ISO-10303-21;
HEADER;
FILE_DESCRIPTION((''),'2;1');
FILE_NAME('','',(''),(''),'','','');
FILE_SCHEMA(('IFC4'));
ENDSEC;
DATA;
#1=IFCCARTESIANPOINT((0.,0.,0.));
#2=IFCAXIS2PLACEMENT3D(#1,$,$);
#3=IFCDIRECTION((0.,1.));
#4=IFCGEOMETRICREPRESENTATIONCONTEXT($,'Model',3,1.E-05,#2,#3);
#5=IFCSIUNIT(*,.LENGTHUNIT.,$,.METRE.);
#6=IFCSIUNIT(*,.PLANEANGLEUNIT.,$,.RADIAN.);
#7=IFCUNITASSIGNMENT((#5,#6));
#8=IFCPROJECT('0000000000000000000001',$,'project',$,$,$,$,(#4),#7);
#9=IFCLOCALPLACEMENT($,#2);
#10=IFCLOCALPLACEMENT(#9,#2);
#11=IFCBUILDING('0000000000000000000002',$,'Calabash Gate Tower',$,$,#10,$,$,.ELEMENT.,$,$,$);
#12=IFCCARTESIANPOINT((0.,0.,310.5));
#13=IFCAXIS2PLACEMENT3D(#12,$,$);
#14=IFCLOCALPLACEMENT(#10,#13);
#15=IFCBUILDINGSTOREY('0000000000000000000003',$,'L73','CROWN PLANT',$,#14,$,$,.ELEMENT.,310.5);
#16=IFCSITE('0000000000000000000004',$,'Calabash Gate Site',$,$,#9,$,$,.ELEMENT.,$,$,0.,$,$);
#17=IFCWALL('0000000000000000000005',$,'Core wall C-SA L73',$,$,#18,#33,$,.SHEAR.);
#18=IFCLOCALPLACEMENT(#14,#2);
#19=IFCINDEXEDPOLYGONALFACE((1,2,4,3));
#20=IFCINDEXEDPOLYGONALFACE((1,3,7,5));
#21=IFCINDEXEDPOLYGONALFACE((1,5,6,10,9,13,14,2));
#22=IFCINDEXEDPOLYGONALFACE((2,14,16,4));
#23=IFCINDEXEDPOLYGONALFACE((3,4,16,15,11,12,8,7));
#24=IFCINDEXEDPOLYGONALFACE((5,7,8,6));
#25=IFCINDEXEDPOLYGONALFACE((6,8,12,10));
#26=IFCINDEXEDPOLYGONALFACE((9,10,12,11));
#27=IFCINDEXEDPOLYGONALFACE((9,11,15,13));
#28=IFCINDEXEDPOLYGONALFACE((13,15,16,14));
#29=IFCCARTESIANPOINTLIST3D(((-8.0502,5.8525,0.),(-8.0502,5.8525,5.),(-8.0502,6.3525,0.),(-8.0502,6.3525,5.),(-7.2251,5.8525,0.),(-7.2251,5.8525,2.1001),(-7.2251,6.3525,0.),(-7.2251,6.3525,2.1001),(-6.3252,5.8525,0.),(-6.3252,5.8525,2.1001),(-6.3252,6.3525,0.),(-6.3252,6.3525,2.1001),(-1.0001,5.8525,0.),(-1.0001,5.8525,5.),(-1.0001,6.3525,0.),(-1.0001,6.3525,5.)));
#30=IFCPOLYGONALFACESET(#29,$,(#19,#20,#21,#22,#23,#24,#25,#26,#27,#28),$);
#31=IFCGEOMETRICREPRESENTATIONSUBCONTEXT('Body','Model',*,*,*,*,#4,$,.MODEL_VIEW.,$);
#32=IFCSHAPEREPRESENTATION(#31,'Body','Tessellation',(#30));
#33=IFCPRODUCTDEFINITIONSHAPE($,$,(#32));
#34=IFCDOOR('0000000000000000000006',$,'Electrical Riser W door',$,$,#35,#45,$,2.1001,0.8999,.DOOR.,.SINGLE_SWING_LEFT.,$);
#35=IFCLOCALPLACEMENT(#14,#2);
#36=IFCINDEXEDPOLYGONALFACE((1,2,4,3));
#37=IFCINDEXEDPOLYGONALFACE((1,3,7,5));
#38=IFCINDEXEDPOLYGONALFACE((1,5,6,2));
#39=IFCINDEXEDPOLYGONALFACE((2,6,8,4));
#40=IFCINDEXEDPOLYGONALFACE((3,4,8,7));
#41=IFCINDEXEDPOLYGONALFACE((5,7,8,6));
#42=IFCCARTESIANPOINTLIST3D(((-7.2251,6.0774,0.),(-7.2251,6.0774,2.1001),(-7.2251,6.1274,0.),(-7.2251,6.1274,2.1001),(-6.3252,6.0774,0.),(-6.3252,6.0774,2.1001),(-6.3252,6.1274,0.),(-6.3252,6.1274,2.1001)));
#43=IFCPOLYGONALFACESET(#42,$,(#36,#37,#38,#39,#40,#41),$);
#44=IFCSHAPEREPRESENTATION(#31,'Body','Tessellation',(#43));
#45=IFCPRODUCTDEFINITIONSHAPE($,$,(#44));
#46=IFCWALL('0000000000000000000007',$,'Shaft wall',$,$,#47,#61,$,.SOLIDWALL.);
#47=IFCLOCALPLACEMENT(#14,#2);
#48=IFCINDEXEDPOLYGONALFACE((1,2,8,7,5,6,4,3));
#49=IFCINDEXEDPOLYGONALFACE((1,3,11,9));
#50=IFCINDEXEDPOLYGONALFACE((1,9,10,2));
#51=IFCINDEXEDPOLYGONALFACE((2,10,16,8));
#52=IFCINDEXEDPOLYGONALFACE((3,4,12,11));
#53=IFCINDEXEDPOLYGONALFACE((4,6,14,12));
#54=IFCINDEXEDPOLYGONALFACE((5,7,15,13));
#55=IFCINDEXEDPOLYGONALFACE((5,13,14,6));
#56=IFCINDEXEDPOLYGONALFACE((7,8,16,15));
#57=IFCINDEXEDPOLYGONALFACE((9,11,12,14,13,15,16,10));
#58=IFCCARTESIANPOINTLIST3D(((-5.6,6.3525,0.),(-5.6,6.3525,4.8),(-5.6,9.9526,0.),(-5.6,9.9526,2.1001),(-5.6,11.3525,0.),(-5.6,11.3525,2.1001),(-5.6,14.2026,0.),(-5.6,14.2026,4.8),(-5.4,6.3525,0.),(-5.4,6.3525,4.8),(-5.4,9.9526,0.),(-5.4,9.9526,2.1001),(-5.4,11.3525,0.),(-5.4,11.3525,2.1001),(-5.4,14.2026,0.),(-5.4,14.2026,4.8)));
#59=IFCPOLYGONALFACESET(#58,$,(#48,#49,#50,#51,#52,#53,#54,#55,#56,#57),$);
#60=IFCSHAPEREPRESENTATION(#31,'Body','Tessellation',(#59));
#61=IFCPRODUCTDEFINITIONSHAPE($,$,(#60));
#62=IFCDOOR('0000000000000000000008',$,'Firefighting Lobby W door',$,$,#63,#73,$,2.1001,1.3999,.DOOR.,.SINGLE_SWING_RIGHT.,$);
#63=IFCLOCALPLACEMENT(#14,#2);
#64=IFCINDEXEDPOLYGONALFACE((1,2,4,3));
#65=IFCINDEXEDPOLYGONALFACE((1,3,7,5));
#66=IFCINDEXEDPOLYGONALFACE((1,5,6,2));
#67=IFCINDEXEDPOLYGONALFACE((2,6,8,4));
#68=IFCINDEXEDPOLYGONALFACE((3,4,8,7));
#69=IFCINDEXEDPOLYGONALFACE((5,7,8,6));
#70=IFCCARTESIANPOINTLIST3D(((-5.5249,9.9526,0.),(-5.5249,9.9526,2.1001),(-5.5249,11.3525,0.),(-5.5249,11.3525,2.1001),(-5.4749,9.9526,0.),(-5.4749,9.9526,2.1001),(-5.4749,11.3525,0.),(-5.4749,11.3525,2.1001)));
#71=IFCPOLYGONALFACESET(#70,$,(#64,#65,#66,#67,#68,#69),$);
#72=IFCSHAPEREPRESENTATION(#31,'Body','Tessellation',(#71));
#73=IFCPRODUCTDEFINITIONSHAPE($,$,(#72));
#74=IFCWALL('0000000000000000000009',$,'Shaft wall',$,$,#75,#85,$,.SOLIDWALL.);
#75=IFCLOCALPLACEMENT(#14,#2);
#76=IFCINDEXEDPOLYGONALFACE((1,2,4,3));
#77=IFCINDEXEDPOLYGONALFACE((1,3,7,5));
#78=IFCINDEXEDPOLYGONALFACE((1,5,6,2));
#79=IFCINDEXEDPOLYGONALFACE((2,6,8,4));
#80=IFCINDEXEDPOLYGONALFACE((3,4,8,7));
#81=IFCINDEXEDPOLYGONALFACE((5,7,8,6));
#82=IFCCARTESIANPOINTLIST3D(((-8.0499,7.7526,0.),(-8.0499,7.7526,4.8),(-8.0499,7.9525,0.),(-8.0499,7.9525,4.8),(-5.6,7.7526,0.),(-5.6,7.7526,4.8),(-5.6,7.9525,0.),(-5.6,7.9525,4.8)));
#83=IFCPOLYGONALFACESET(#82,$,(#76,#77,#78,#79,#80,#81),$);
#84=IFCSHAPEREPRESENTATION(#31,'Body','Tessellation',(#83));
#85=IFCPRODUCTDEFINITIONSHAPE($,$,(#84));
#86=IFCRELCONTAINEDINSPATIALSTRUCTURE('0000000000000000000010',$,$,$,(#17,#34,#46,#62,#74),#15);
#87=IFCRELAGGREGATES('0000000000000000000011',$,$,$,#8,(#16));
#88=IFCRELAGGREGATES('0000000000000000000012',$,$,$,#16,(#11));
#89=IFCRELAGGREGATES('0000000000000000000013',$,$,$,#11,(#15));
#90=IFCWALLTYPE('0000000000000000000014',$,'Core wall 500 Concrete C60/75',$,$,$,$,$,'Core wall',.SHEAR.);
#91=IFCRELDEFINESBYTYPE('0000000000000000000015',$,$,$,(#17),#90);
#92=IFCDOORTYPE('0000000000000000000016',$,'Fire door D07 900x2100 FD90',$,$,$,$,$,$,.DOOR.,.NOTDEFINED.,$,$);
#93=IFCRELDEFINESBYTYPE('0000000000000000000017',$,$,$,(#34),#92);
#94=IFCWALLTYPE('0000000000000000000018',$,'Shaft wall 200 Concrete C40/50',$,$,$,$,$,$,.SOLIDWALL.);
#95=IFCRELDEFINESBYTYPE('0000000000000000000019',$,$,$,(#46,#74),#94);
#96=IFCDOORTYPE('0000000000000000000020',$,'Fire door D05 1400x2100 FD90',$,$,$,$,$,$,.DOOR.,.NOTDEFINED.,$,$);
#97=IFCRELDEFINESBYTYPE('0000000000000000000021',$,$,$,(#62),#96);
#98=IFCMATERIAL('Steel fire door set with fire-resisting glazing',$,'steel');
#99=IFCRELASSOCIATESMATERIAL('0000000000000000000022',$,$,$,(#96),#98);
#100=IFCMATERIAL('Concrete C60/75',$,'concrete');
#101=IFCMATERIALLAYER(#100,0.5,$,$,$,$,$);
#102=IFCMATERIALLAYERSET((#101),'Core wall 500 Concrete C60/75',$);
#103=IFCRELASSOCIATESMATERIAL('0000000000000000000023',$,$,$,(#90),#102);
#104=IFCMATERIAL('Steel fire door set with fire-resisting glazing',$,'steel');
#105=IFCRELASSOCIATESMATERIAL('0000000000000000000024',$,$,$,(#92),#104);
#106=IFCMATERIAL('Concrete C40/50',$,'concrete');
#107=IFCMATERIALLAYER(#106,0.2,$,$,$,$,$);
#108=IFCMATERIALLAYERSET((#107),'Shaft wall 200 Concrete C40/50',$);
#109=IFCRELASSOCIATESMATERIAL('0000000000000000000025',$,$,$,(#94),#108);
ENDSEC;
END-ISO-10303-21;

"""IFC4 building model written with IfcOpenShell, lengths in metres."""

from ifc_helpers import new_model, si_unit, direction, frame, frame_2d, origin, place, context, subcontext, project, spatial, rectangle, extrude, material, layer, layer_set, type_object, element, fill, save


model = new_model("IFC4")

# Units and contexts
model_context = context("Model", 3, precision=1e-05, world=origin(), true_north=direction((0.0, 1.0)))
body_context = subcontext(model_context, "Body", "Model", "MODEL_VIEW")
ifc_project = project(units=[si_unit("LENGTHUNIT", "METRE"), si_unit("PLANEANGLEUNIT", "RADIAN")], contexts=[model_context])

# Site, building, storey
site_placement = place(None, origin())
site = spatial("IfcSite", under=ifc_project, at=site_placement, Name="Calabash Gate Site", CompositionType="ELEMENT", RefElevation=0.0)
building_placement = place(site_placement, origin())
building = spatial("IfcBuilding", under=site, at=building_placement, Name="Calabash Gate Tower", CompositionType="ELEMENT")
storey_placement = place(building_placement, frame((0.0, 0.0, 310.5)))
storey = spatial("IfcBuildingStorey", under=building, at=storey_placement, Name="L73", Description="CROWN PLANT", CompositionType="ELEMENT", Elevation=310.5)

# Shared definitions
ifc_material_1 = material(Name="Steel fire door set with fire-resisting glazing", Category="steel")
door_type_1 = type_object("IfcDoorType", Name="Fire door D05 1400x2100 FD90", OperationType="NOTDEFINED", PredefinedType="DOOR", material=ifc_material_1)

# Walls, openings, doors
ifc_material_2 = material(Name="Concrete C60/75", Category="concrete")
ifc_layer_1 = layer(ifc_material_2, 0.5)
ifc_layer_set_1 = layer_set([ifc_layer_1], Name="Core wall 500 Concrete C60/75")
wall_type_1 = type_object("IfcWallType", Name="Core wall 500 Concrete C60/75", ElementType="Core wall", PredefinedType="SHEAR", material=ifc_layer_set_1)
wall_1_placement = place(storey_placement, frame((-8.05, 6.1025, 0.0), z_axis=(0.0, 0.0, 1.0), x_axis=(1.0, 0.0, 0.0)))
wall_1 = element("IfcWall", 1, at=wall_1_placement, inside=storey, type_object=wall_type_1, Name="Core wall C-SA L73", PredefinedType="SHEAR", context=body_context, shape_type="SweptSolid", body=[
    extrude(rectangle(XDim=7.05, YDim=0.5, at=frame_2d((3.5249, 0.0))), origin(), (0.0, 0.0, 1.0), 5.0),
])
opening_1_placement = place(wall_1_placement, frame((0.825, 0.0, 0.0)))
opening_1 = element("IfcOpeningElement", 2, at=opening_1_placement, cuts=wall_1, PredefinedType="OPENING", context=body_context, shape_type="SweptSolid", body=[
    extrude(rectangle(XDim=0.8999, YDim=2.1001, at=frame_2d((0.45, 1.05))), frame((0.0, 0.26, 0.0), z_axis=(0.0, -1.0, 0.0), x_axis=(1.0, 0.0, 0.0)), (0.0, 0.0, 1.0), 0.52),
])
ifc_material_3 = material(Name="Steel fire door set with fire-resisting glazing", Category="steel")
door_type_2 = type_object("IfcDoorType", Name="Fire door D07 900x2100 FD90", OperationType="NOTDEFINED", PredefinedType="DOOR", material=ifc_material_3)
door_1_placement = place(opening_1_placement, origin())
door_1 = element("IfcDoor", 3, at=door_1_placement, inside=storey, type_object=door_type_2, Name="Electrical Riser W door", OperationType="SINGLE_SWING_LEFT", OverallHeight=2.1001, OverallWidth=0.8999, PredefinedType="DOOR", context=body_context, shape_type="SweptSolid", body=[
    extrude(rectangle(XDim=0.8999, YDim=2.1001, at=frame_2d((0.45, 1.05))), frame((0.0, 0.0249, 0.0), z_axis=(0.0, -1.0, 0.0), x_axis=(1.0, 0.0, 0.0)), (0.0, 0.0, 1.0), 0.05),
])
fill(opening_1, door_1)
ifc_material_4 = material(Name="Concrete C40/50", Category="concrete")
ifc_layer_2 = layer(ifc_material_4, 0.2)
ifc_layer_set_2 = layer_set([ifc_layer_2], Name="Shaft wall 200 Concrete C40/50")
wall_type_2 = type_object("IfcWallType", Name="Shaft wall 200 Concrete C40/50", PredefinedType="SOLIDWALL", material=ifc_layer_set_2)
wall_2_placement = place(storey_placement, frame((-5.5, 6.3525, 0.0), z_axis=(0.0, 0.0, 1.0), x_axis=(0.0, 1.0, 0.0)))
wall_2 = element("IfcWall", 4, at=wall_2_placement, inside=storey, type_object=wall_type_2, Name="Shaft wall", PredefinedType="SOLIDWALL", context=body_context, shape_type="SweptSolid", body=[
    extrude(rectangle(XDim=7.8501, YDim=0.2, at=frame_2d((3.925, 0.0))), origin(), (0.0, 0.0, 1.0), 4.8),
])
opening_2_placement = place(wall_2_placement, frame((3.6001, 0.0, 0.0)))
opening_2 = element("IfcOpeningElement", 5, at=opening_2_placement, cuts=wall_2, PredefinedType="OPENING", context=body_context, shape_type="SweptSolid", body=[
    extrude(rectangle(XDim=1.3999, YDim=2.1001, at=frame_2d((0.7, 1.05))), frame((0.0, 0.1099, 0.0), z_axis=(0.0, -1.0, 0.0), x_axis=(1.0, 0.0, 0.0)), (0.0, 0.0, 1.0), 0.22),
])
door_2_placement = place(opening_2_placement, origin())
door_2 = element("IfcDoor", 6, at=door_2_placement, inside=storey, type_object=door_type_1, Name="Firefighting Lobby W door", OperationType="SINGLE_SWING_RIGHT", OverallHeight=2.1001, OverallWidth=1.3999, PredefinedType="DOOR", context=body_context, shape_type="SweptSolid", body=[
    extrude(rectangle(XDim=1.3999, YDim=2.1001, at=frame_2d((0.7, 1.05))), frame((0.0, 0.0249, 0.0), z_axis=(0.0, -1.0, 0.0), x_axis=(1.0, 0.0, 0.0)), (0.0, 0.0, 1.0), 0.05),
])
fill(opening_2, door_2)

# Wall
wall_3_placement = place(storey_placement, frame((-8.05, 7.8525, 0.0), z_axis=(0.0, 0.0, 1.0), x_axis=(1.0, 0.0, 0.0)))
element("IfcWall", 7, at=wall_3_placement, inside=storey, type_object=wall_type_2, Name="Shaft wall", PredefinedType="SOLIDWALL", context=body_context, shape_type="SweptSolid", body=[
    extrude(rectangle(XDim=2.45, YDim=0.2, at=frame_2d((1.2251, 0.0))), origin(), (0.0, 0.0, 1.0), 4.8),
])

save(model, "model.ifc")
